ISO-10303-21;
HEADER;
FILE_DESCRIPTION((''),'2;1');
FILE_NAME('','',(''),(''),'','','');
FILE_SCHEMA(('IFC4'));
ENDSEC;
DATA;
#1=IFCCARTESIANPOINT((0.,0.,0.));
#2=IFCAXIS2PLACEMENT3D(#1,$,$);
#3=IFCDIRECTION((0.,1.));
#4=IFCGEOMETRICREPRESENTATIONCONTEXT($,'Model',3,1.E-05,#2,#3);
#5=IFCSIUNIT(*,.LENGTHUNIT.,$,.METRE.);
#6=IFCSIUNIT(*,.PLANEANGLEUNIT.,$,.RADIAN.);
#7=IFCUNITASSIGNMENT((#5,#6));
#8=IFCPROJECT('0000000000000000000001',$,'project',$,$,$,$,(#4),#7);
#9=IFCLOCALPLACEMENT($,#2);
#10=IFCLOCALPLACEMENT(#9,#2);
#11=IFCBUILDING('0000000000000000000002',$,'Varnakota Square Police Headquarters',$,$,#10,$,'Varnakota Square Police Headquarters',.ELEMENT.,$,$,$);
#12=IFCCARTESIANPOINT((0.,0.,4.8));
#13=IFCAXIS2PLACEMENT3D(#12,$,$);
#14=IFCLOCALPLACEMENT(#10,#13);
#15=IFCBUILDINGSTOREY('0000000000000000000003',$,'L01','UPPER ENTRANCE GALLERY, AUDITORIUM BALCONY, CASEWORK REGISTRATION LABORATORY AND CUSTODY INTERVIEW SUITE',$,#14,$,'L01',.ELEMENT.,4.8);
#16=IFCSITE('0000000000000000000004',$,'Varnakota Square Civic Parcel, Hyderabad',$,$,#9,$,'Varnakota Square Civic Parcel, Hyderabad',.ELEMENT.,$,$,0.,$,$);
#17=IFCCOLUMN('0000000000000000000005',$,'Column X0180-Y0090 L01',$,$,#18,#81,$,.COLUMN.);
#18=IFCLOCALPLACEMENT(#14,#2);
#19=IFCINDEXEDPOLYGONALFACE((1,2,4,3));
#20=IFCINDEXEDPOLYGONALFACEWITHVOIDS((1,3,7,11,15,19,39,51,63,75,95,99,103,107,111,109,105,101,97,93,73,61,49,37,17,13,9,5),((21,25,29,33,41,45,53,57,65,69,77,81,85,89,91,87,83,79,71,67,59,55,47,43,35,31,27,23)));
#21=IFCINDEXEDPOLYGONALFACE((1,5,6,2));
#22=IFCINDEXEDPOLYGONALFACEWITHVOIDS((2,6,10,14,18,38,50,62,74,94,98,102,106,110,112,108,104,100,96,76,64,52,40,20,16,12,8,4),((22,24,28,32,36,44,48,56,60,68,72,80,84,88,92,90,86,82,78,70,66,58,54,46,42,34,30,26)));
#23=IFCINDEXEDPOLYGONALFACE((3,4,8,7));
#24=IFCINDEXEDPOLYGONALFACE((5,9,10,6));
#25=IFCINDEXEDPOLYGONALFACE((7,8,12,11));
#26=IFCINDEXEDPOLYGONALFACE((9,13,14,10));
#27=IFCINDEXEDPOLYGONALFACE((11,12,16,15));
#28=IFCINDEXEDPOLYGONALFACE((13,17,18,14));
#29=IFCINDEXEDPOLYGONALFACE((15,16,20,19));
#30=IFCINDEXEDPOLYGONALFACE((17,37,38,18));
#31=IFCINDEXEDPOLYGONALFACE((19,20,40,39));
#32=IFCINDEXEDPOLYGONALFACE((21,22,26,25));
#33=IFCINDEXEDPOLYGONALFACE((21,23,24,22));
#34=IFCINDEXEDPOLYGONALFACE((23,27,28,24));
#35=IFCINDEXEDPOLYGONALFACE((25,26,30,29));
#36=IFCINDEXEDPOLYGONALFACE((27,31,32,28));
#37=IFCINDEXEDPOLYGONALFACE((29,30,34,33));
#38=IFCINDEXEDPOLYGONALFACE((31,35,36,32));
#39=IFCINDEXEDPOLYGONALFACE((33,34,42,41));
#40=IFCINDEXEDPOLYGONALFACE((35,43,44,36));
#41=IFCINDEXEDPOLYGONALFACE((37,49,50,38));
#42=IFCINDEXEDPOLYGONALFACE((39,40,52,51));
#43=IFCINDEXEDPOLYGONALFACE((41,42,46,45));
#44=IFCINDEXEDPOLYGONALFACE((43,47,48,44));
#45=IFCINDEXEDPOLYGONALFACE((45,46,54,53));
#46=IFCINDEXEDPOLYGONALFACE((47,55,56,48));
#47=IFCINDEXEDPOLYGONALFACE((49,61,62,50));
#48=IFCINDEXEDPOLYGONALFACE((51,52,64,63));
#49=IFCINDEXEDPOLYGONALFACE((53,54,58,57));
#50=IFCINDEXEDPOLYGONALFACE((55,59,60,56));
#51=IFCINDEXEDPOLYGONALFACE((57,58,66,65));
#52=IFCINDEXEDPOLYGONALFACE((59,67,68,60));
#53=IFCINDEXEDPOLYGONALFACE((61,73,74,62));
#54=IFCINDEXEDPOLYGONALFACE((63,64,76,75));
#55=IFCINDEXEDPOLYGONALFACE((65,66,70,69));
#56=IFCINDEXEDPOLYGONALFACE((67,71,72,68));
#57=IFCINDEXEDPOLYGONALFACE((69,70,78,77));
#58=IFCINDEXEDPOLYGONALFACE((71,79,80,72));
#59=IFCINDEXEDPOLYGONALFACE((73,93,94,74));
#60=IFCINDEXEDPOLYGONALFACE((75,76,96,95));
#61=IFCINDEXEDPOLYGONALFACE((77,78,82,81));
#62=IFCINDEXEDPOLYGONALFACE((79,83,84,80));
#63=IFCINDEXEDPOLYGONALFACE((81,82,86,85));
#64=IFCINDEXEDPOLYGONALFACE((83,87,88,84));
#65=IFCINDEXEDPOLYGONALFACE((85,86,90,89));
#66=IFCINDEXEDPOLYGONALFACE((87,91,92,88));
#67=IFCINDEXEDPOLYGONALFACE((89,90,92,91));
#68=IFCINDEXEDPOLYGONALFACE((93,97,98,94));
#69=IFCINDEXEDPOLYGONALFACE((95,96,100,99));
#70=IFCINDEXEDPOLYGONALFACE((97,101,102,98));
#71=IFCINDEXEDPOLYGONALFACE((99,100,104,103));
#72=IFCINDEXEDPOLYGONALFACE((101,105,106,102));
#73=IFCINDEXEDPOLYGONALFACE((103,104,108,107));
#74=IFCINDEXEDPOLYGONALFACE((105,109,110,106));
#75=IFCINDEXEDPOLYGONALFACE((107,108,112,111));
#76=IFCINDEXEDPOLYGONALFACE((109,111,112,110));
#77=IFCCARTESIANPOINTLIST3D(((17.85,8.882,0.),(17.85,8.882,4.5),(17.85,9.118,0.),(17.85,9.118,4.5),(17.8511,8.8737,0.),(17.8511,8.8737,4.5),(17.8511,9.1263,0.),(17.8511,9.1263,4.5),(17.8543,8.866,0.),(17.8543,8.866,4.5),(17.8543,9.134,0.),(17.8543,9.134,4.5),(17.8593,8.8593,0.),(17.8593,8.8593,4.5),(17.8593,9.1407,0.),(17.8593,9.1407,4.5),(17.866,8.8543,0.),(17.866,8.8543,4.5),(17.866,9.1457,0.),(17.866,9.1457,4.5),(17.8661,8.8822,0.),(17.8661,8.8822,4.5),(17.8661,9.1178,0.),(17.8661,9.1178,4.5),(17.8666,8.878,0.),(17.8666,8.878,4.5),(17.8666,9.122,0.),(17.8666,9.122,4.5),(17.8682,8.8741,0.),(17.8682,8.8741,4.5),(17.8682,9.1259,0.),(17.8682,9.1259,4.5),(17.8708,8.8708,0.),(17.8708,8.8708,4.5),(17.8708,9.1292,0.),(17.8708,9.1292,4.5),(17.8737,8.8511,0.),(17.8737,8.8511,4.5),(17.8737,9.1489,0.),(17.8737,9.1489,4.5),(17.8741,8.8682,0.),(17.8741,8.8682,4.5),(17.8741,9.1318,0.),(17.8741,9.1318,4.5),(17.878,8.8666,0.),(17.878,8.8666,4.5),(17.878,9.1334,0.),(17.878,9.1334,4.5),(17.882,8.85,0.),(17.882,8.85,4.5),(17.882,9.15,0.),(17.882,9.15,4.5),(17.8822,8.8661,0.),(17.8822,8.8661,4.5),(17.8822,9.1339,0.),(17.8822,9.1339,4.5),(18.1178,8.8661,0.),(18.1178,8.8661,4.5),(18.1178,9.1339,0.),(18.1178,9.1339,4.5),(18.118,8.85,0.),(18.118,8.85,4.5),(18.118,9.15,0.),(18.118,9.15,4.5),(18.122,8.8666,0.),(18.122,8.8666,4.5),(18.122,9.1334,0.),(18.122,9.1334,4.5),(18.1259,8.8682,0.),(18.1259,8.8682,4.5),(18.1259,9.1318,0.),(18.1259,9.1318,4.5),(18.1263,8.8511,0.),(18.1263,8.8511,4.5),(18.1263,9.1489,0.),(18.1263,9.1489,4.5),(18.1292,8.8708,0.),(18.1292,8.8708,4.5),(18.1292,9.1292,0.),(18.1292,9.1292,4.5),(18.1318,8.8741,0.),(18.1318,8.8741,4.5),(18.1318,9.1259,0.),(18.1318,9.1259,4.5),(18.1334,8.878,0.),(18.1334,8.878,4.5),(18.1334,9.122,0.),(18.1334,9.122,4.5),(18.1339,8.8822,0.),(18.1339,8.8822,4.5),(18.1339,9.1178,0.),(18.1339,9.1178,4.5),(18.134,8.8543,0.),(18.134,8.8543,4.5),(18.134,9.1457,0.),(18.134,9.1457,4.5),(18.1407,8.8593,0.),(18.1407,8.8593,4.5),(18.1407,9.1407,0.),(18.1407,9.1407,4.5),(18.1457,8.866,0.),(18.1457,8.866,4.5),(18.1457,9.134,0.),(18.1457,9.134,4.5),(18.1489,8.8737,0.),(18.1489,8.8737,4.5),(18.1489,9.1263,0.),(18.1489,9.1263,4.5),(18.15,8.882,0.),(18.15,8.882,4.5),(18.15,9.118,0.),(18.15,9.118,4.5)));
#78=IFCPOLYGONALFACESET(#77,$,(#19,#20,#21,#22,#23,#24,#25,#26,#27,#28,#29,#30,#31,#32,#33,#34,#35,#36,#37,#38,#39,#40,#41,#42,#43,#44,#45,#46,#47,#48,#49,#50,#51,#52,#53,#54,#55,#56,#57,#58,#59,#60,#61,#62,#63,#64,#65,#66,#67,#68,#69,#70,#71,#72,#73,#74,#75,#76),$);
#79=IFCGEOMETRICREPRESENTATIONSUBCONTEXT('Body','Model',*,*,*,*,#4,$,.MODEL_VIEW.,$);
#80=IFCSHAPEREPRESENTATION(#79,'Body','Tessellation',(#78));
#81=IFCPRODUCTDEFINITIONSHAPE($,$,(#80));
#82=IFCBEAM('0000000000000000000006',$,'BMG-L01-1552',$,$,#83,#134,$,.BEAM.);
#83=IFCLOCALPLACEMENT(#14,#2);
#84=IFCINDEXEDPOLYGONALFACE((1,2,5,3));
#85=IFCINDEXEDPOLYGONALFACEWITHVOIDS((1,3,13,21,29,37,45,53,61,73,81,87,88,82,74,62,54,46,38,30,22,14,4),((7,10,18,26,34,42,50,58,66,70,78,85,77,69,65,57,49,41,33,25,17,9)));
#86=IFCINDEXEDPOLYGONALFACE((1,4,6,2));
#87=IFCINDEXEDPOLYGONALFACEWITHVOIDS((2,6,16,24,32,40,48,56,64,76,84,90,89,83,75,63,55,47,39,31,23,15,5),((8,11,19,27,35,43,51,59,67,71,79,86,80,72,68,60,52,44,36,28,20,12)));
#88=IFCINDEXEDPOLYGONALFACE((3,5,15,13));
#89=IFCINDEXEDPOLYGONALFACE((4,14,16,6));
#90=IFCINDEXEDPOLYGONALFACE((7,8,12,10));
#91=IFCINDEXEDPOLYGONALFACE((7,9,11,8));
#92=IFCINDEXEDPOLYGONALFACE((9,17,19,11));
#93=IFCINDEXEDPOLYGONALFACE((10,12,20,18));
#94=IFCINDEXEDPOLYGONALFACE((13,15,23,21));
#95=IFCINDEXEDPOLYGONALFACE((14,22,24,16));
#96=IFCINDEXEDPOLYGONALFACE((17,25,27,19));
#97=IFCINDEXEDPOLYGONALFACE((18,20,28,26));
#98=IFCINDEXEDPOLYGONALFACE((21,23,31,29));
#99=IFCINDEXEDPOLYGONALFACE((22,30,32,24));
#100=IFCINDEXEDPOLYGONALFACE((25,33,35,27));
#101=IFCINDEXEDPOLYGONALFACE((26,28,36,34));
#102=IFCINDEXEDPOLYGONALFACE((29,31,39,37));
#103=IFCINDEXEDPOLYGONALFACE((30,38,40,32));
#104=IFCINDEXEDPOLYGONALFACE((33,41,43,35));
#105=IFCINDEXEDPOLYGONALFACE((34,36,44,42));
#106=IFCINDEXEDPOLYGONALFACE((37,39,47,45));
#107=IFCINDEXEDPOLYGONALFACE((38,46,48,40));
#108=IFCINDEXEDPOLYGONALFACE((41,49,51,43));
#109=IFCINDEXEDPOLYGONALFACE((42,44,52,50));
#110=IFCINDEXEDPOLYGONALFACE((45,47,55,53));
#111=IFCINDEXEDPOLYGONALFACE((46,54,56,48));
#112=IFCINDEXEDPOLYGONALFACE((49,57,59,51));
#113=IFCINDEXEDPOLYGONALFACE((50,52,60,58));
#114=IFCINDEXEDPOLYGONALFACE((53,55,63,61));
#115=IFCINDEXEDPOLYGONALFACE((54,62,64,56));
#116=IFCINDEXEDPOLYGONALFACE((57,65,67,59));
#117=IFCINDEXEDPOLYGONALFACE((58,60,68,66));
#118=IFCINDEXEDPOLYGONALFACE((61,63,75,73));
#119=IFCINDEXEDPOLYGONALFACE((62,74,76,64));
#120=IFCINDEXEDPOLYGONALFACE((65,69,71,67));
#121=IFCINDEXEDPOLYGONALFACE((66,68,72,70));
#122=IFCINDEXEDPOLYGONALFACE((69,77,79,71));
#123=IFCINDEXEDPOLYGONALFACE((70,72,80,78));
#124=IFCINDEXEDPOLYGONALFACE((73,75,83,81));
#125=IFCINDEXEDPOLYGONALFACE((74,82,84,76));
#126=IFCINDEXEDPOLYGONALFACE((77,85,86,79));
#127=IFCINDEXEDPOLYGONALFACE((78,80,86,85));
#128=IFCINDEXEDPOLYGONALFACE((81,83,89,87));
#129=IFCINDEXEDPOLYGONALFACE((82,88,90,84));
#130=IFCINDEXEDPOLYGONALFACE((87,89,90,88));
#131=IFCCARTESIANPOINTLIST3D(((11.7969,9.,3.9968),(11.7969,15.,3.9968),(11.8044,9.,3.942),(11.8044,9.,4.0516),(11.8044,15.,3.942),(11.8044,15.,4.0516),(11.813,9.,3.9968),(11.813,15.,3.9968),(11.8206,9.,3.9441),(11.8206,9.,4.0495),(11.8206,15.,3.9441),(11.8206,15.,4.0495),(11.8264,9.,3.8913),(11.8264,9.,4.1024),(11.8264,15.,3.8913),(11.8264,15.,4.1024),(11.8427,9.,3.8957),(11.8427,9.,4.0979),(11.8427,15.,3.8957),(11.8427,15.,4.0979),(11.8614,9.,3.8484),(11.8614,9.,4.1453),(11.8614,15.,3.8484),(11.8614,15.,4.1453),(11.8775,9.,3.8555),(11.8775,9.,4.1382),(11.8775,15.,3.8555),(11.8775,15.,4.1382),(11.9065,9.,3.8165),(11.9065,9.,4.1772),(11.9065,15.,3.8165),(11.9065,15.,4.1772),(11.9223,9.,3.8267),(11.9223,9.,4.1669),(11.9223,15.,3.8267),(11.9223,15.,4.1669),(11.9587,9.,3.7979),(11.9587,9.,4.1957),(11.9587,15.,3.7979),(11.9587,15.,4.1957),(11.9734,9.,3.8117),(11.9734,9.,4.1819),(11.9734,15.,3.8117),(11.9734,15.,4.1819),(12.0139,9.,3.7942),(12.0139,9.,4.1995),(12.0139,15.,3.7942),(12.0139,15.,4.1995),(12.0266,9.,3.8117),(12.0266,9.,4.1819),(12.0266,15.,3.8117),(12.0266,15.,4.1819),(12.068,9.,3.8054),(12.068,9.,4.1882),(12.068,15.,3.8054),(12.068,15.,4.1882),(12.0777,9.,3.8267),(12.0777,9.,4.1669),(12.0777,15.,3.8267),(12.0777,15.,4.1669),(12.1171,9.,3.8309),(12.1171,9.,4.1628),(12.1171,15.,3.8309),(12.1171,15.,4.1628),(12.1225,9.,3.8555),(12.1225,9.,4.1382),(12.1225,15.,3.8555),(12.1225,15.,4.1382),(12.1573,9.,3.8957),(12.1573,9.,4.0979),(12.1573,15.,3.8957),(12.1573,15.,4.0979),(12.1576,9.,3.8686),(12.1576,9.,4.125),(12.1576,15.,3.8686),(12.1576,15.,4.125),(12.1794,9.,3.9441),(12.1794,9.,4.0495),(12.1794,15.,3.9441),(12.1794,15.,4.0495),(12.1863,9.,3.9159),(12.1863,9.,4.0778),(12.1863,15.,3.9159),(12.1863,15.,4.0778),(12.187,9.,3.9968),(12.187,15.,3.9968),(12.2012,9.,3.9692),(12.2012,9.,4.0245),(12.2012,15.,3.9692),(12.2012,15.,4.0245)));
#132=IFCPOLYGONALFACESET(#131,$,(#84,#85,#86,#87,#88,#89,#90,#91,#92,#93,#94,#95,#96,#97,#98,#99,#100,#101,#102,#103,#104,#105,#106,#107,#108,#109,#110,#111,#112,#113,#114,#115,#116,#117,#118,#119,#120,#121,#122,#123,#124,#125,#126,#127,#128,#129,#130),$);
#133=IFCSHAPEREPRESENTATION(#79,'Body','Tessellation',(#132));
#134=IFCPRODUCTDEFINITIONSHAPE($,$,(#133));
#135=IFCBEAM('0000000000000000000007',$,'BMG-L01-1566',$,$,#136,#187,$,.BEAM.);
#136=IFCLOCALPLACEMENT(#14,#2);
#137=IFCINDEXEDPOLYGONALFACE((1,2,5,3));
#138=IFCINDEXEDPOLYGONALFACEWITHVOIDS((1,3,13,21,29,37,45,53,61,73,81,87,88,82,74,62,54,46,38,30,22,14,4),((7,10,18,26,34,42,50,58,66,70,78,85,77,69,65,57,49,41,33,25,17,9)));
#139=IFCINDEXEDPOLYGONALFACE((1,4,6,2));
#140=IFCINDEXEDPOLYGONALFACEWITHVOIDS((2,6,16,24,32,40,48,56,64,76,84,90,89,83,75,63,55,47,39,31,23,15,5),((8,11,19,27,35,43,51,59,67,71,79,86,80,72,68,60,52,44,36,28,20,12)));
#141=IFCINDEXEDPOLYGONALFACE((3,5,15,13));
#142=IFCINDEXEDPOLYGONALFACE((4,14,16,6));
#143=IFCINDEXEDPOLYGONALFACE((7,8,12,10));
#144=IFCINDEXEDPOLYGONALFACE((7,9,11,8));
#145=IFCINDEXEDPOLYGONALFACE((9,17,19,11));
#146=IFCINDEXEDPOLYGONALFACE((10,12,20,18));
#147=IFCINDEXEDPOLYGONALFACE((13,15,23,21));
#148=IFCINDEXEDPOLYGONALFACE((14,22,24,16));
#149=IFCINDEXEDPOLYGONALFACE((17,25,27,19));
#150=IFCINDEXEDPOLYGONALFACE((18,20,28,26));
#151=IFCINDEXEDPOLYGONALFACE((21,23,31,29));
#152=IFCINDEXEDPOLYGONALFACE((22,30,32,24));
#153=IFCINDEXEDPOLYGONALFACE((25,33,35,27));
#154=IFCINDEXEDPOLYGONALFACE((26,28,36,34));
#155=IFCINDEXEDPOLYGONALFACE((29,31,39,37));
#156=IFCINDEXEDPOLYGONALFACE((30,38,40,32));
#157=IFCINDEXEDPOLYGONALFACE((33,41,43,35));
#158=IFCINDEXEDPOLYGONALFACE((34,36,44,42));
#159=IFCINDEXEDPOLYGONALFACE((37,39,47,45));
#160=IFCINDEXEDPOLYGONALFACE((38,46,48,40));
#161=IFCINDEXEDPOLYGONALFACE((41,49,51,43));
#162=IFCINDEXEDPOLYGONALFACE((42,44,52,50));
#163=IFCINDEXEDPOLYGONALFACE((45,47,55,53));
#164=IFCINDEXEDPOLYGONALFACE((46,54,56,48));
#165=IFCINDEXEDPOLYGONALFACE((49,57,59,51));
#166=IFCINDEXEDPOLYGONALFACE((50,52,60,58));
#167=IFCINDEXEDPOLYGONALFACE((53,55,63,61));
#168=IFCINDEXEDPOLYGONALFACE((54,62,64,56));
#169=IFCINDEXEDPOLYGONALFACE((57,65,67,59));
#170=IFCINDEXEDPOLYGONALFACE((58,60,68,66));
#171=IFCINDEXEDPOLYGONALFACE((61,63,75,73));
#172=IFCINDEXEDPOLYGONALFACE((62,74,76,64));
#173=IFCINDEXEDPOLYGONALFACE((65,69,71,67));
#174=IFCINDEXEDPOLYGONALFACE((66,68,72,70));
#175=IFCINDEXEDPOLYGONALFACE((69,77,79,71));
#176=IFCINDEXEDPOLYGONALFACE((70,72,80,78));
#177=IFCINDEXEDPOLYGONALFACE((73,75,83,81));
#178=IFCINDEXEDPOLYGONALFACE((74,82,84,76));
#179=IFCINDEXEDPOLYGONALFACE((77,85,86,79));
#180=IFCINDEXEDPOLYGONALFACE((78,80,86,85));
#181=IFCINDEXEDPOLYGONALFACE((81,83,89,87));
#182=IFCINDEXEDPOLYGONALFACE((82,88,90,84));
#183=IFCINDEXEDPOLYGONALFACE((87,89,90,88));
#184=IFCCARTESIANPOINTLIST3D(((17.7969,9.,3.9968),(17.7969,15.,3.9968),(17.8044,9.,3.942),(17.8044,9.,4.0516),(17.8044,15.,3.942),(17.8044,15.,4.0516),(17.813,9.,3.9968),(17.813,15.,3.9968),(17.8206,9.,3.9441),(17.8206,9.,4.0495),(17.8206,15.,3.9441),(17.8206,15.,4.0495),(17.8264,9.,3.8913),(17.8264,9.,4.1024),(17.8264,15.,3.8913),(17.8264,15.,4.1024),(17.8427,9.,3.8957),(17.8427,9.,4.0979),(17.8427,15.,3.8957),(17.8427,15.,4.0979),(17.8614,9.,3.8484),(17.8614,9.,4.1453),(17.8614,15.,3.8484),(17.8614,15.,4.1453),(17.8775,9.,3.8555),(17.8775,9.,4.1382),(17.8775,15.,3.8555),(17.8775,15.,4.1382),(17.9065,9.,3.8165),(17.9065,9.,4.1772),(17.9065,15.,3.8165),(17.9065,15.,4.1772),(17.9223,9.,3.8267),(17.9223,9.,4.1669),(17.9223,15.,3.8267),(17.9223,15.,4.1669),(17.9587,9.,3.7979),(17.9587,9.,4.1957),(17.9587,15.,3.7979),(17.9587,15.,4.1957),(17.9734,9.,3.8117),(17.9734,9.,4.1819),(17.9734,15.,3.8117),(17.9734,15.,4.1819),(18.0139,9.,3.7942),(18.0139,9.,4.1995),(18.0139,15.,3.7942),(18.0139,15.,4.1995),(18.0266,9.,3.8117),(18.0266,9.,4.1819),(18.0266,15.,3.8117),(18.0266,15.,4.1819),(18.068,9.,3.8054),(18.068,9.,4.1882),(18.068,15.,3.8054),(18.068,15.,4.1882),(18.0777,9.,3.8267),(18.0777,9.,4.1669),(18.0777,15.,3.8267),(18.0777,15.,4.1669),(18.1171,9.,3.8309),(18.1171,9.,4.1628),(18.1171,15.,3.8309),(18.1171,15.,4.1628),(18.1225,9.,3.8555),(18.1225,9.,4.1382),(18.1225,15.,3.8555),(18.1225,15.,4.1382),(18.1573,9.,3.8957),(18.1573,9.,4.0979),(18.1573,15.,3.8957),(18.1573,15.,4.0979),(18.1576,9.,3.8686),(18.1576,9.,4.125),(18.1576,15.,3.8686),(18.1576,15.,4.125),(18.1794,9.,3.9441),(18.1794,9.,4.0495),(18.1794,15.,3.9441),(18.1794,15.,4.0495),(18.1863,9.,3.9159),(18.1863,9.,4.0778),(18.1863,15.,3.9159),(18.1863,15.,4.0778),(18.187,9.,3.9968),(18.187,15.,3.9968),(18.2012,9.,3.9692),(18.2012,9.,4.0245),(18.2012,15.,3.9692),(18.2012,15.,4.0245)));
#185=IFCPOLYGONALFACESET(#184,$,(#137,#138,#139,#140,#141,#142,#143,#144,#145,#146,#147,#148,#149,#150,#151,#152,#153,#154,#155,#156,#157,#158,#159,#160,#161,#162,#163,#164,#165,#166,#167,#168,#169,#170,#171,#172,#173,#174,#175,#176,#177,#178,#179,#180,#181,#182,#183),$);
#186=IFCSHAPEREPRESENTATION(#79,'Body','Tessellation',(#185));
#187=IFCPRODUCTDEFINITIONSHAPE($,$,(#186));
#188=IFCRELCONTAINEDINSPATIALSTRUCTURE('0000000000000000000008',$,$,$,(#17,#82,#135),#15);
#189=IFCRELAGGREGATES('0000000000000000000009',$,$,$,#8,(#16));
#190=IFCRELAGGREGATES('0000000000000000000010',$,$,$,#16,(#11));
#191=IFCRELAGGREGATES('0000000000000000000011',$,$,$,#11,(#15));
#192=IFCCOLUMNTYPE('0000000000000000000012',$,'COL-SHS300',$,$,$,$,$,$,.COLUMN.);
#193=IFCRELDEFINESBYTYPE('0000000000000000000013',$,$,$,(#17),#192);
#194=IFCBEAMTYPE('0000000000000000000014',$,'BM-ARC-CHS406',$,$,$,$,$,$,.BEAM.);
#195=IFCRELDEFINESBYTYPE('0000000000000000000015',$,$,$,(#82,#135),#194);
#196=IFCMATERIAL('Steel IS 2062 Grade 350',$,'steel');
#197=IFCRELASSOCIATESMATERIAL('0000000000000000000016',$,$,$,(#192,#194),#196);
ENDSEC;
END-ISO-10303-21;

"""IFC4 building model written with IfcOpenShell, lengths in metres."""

from ifc_helpers import new_model, si_unit, direction, frame, origin, origin_2d, place, context, subcontext, project, spatial, hollow_rectangle, hollow_circle, extrude, material, material_profile, profile_set, type_object, element, save


model = new_model("IFC4")

# Units and contexts
model_context = context("Model", 3, precision=1e-05, world=origin(), true_north=direction((0.0, 1.0)))
body_context = subcontext(model_context, "Body", "Model", "MODEL_VIEW")
ifc_project = project(units=[si_unit("LENGTHUNIT", "METRE"), si_unit("PLANEANGLEUNIT", "RADIAN")], contexts=[model_context])

# Site, building, storey
site_placement = place(None, origin())
site = spatial("IfcSite", under=ifc_project, at=site_placement, Name="Varnakota Square Civic Parcel, Hyderabad", LongName="Varnakota Square Civic Parcel, Hyderabad", CompositionType="ELEMENT", RefElevation=0.0)
building_placement = place(site_placement, origin())
building = spatial("IfcBuilding", under=site, at=building_placement, Name="Varnakota Square Police Headquarters", LongName="Varnakota Square Police Headquarters", CompositionType="ELEMENT")
storey_placement = place(building_placement, frame((0.0, 0.0, 4.8)))
storey = spatial("IfcBuildingStorey", under=building, at=storey_placement, Name="L01", Description="UPPER ENTRANCE GALLERY, AUDITORIUM BALCONY, CASEWORK REGISTRATION LABORATORY AND CUSTODY INTERVIEW SUITE", LongName="L01", CompositionType="ELEMENT", Elevation=4.8)

# Column
ifc_material_1 = material(Name="Steel IS 2062 Grade 350", Category="steel")
ifc_material_profile_1 = material_profile(ifc_material_1, hollow_rectangle(XDim=0.3, YDim=0.3, WallThickness=0.0161, InnerFilletRadius=0.0161, OuterFilletRadius=0.032, at=origin_2d()), Name="SHS 300x300x16")
ifc_profile_set_1 = profile_set([ifc_material_profile_1], Name="Steel IS 2062 Grade 350")
column_type_1 = type_object("IfcColumnType", Name="COL-SHS300", PredefinedType="COLUMN", material=ifc_profile_set_1)
for number, where, z_axis, x_axis, name in (
    (1, (18.0, 9.0, 0.0), (0.0, 0.0, 1.0), (1.0, 0.0, 0.0), "Column X0180-Y0090 L01"),
):
    element("IfcColumn", number, at=place(storey_placement, frame(where, z_axis=z_axis, x_axis=x_axis)), inside=storey, type_object=column_type_1, Name=name, PredefinedType="COLUMN", context=body_context, shape_type="SweptSolid", body=[
        extrude(hollow_rectangle(XDim=0.3, YDim=0.3, WallThickness=0.0161, InnerFilletRadius=0.0161, OuterFilletRadius=0.032, at=origin_2d()), origin(), (0.0, 0.0, 1.0), 4.5),
    ])

# Beams
ifc_material_profile_2 = material_profile(ifc_material_1, hollow_circle(Radius=0.2031, WallThickness=0.0161, at=origin_2d()), Name="CHS 406.4x16.0")
ifc_profile_set_2 = profile_set([ifc_material_profile_2], Name="Steel IS 2062 Grade 350")
beam_type_1 = type_object("IfcBeamType", Name="BM-ARC-CHS406", PredefinedType="BEAM", material=ifc_profile_set_2)
for number, where, z_axis, x_axis, name in (
    (2, (12.0, 9.0, 3.9968), (0.0, 1.0, 0.0), (-1.0, 0.0, 0.0), "BMG-L01-1552"),
    (3, (18.0, 9.0, 3.9968), (0.0, 1.0, 0.0), (-1.0, 0.0, 0.0), "BMG-L01-1566"),
):
    element("IfcBeam", number, at=place(storey_placement, frame(where, z_axis=z_axis, x_axis=x_axis)), inside=storey, type_object=beam_type_1, Name=name, PredefinedType="BEAM", context=body_context, shape_type="SweptSolid", body=[
        extrude(hollow_circle(Radius=0.2031, WallThickness=0.0161, at=origin_2d()), origin(), (0.0, 0.0, 1.0), 6.0),
    ])

save(model, "model.ifc")
